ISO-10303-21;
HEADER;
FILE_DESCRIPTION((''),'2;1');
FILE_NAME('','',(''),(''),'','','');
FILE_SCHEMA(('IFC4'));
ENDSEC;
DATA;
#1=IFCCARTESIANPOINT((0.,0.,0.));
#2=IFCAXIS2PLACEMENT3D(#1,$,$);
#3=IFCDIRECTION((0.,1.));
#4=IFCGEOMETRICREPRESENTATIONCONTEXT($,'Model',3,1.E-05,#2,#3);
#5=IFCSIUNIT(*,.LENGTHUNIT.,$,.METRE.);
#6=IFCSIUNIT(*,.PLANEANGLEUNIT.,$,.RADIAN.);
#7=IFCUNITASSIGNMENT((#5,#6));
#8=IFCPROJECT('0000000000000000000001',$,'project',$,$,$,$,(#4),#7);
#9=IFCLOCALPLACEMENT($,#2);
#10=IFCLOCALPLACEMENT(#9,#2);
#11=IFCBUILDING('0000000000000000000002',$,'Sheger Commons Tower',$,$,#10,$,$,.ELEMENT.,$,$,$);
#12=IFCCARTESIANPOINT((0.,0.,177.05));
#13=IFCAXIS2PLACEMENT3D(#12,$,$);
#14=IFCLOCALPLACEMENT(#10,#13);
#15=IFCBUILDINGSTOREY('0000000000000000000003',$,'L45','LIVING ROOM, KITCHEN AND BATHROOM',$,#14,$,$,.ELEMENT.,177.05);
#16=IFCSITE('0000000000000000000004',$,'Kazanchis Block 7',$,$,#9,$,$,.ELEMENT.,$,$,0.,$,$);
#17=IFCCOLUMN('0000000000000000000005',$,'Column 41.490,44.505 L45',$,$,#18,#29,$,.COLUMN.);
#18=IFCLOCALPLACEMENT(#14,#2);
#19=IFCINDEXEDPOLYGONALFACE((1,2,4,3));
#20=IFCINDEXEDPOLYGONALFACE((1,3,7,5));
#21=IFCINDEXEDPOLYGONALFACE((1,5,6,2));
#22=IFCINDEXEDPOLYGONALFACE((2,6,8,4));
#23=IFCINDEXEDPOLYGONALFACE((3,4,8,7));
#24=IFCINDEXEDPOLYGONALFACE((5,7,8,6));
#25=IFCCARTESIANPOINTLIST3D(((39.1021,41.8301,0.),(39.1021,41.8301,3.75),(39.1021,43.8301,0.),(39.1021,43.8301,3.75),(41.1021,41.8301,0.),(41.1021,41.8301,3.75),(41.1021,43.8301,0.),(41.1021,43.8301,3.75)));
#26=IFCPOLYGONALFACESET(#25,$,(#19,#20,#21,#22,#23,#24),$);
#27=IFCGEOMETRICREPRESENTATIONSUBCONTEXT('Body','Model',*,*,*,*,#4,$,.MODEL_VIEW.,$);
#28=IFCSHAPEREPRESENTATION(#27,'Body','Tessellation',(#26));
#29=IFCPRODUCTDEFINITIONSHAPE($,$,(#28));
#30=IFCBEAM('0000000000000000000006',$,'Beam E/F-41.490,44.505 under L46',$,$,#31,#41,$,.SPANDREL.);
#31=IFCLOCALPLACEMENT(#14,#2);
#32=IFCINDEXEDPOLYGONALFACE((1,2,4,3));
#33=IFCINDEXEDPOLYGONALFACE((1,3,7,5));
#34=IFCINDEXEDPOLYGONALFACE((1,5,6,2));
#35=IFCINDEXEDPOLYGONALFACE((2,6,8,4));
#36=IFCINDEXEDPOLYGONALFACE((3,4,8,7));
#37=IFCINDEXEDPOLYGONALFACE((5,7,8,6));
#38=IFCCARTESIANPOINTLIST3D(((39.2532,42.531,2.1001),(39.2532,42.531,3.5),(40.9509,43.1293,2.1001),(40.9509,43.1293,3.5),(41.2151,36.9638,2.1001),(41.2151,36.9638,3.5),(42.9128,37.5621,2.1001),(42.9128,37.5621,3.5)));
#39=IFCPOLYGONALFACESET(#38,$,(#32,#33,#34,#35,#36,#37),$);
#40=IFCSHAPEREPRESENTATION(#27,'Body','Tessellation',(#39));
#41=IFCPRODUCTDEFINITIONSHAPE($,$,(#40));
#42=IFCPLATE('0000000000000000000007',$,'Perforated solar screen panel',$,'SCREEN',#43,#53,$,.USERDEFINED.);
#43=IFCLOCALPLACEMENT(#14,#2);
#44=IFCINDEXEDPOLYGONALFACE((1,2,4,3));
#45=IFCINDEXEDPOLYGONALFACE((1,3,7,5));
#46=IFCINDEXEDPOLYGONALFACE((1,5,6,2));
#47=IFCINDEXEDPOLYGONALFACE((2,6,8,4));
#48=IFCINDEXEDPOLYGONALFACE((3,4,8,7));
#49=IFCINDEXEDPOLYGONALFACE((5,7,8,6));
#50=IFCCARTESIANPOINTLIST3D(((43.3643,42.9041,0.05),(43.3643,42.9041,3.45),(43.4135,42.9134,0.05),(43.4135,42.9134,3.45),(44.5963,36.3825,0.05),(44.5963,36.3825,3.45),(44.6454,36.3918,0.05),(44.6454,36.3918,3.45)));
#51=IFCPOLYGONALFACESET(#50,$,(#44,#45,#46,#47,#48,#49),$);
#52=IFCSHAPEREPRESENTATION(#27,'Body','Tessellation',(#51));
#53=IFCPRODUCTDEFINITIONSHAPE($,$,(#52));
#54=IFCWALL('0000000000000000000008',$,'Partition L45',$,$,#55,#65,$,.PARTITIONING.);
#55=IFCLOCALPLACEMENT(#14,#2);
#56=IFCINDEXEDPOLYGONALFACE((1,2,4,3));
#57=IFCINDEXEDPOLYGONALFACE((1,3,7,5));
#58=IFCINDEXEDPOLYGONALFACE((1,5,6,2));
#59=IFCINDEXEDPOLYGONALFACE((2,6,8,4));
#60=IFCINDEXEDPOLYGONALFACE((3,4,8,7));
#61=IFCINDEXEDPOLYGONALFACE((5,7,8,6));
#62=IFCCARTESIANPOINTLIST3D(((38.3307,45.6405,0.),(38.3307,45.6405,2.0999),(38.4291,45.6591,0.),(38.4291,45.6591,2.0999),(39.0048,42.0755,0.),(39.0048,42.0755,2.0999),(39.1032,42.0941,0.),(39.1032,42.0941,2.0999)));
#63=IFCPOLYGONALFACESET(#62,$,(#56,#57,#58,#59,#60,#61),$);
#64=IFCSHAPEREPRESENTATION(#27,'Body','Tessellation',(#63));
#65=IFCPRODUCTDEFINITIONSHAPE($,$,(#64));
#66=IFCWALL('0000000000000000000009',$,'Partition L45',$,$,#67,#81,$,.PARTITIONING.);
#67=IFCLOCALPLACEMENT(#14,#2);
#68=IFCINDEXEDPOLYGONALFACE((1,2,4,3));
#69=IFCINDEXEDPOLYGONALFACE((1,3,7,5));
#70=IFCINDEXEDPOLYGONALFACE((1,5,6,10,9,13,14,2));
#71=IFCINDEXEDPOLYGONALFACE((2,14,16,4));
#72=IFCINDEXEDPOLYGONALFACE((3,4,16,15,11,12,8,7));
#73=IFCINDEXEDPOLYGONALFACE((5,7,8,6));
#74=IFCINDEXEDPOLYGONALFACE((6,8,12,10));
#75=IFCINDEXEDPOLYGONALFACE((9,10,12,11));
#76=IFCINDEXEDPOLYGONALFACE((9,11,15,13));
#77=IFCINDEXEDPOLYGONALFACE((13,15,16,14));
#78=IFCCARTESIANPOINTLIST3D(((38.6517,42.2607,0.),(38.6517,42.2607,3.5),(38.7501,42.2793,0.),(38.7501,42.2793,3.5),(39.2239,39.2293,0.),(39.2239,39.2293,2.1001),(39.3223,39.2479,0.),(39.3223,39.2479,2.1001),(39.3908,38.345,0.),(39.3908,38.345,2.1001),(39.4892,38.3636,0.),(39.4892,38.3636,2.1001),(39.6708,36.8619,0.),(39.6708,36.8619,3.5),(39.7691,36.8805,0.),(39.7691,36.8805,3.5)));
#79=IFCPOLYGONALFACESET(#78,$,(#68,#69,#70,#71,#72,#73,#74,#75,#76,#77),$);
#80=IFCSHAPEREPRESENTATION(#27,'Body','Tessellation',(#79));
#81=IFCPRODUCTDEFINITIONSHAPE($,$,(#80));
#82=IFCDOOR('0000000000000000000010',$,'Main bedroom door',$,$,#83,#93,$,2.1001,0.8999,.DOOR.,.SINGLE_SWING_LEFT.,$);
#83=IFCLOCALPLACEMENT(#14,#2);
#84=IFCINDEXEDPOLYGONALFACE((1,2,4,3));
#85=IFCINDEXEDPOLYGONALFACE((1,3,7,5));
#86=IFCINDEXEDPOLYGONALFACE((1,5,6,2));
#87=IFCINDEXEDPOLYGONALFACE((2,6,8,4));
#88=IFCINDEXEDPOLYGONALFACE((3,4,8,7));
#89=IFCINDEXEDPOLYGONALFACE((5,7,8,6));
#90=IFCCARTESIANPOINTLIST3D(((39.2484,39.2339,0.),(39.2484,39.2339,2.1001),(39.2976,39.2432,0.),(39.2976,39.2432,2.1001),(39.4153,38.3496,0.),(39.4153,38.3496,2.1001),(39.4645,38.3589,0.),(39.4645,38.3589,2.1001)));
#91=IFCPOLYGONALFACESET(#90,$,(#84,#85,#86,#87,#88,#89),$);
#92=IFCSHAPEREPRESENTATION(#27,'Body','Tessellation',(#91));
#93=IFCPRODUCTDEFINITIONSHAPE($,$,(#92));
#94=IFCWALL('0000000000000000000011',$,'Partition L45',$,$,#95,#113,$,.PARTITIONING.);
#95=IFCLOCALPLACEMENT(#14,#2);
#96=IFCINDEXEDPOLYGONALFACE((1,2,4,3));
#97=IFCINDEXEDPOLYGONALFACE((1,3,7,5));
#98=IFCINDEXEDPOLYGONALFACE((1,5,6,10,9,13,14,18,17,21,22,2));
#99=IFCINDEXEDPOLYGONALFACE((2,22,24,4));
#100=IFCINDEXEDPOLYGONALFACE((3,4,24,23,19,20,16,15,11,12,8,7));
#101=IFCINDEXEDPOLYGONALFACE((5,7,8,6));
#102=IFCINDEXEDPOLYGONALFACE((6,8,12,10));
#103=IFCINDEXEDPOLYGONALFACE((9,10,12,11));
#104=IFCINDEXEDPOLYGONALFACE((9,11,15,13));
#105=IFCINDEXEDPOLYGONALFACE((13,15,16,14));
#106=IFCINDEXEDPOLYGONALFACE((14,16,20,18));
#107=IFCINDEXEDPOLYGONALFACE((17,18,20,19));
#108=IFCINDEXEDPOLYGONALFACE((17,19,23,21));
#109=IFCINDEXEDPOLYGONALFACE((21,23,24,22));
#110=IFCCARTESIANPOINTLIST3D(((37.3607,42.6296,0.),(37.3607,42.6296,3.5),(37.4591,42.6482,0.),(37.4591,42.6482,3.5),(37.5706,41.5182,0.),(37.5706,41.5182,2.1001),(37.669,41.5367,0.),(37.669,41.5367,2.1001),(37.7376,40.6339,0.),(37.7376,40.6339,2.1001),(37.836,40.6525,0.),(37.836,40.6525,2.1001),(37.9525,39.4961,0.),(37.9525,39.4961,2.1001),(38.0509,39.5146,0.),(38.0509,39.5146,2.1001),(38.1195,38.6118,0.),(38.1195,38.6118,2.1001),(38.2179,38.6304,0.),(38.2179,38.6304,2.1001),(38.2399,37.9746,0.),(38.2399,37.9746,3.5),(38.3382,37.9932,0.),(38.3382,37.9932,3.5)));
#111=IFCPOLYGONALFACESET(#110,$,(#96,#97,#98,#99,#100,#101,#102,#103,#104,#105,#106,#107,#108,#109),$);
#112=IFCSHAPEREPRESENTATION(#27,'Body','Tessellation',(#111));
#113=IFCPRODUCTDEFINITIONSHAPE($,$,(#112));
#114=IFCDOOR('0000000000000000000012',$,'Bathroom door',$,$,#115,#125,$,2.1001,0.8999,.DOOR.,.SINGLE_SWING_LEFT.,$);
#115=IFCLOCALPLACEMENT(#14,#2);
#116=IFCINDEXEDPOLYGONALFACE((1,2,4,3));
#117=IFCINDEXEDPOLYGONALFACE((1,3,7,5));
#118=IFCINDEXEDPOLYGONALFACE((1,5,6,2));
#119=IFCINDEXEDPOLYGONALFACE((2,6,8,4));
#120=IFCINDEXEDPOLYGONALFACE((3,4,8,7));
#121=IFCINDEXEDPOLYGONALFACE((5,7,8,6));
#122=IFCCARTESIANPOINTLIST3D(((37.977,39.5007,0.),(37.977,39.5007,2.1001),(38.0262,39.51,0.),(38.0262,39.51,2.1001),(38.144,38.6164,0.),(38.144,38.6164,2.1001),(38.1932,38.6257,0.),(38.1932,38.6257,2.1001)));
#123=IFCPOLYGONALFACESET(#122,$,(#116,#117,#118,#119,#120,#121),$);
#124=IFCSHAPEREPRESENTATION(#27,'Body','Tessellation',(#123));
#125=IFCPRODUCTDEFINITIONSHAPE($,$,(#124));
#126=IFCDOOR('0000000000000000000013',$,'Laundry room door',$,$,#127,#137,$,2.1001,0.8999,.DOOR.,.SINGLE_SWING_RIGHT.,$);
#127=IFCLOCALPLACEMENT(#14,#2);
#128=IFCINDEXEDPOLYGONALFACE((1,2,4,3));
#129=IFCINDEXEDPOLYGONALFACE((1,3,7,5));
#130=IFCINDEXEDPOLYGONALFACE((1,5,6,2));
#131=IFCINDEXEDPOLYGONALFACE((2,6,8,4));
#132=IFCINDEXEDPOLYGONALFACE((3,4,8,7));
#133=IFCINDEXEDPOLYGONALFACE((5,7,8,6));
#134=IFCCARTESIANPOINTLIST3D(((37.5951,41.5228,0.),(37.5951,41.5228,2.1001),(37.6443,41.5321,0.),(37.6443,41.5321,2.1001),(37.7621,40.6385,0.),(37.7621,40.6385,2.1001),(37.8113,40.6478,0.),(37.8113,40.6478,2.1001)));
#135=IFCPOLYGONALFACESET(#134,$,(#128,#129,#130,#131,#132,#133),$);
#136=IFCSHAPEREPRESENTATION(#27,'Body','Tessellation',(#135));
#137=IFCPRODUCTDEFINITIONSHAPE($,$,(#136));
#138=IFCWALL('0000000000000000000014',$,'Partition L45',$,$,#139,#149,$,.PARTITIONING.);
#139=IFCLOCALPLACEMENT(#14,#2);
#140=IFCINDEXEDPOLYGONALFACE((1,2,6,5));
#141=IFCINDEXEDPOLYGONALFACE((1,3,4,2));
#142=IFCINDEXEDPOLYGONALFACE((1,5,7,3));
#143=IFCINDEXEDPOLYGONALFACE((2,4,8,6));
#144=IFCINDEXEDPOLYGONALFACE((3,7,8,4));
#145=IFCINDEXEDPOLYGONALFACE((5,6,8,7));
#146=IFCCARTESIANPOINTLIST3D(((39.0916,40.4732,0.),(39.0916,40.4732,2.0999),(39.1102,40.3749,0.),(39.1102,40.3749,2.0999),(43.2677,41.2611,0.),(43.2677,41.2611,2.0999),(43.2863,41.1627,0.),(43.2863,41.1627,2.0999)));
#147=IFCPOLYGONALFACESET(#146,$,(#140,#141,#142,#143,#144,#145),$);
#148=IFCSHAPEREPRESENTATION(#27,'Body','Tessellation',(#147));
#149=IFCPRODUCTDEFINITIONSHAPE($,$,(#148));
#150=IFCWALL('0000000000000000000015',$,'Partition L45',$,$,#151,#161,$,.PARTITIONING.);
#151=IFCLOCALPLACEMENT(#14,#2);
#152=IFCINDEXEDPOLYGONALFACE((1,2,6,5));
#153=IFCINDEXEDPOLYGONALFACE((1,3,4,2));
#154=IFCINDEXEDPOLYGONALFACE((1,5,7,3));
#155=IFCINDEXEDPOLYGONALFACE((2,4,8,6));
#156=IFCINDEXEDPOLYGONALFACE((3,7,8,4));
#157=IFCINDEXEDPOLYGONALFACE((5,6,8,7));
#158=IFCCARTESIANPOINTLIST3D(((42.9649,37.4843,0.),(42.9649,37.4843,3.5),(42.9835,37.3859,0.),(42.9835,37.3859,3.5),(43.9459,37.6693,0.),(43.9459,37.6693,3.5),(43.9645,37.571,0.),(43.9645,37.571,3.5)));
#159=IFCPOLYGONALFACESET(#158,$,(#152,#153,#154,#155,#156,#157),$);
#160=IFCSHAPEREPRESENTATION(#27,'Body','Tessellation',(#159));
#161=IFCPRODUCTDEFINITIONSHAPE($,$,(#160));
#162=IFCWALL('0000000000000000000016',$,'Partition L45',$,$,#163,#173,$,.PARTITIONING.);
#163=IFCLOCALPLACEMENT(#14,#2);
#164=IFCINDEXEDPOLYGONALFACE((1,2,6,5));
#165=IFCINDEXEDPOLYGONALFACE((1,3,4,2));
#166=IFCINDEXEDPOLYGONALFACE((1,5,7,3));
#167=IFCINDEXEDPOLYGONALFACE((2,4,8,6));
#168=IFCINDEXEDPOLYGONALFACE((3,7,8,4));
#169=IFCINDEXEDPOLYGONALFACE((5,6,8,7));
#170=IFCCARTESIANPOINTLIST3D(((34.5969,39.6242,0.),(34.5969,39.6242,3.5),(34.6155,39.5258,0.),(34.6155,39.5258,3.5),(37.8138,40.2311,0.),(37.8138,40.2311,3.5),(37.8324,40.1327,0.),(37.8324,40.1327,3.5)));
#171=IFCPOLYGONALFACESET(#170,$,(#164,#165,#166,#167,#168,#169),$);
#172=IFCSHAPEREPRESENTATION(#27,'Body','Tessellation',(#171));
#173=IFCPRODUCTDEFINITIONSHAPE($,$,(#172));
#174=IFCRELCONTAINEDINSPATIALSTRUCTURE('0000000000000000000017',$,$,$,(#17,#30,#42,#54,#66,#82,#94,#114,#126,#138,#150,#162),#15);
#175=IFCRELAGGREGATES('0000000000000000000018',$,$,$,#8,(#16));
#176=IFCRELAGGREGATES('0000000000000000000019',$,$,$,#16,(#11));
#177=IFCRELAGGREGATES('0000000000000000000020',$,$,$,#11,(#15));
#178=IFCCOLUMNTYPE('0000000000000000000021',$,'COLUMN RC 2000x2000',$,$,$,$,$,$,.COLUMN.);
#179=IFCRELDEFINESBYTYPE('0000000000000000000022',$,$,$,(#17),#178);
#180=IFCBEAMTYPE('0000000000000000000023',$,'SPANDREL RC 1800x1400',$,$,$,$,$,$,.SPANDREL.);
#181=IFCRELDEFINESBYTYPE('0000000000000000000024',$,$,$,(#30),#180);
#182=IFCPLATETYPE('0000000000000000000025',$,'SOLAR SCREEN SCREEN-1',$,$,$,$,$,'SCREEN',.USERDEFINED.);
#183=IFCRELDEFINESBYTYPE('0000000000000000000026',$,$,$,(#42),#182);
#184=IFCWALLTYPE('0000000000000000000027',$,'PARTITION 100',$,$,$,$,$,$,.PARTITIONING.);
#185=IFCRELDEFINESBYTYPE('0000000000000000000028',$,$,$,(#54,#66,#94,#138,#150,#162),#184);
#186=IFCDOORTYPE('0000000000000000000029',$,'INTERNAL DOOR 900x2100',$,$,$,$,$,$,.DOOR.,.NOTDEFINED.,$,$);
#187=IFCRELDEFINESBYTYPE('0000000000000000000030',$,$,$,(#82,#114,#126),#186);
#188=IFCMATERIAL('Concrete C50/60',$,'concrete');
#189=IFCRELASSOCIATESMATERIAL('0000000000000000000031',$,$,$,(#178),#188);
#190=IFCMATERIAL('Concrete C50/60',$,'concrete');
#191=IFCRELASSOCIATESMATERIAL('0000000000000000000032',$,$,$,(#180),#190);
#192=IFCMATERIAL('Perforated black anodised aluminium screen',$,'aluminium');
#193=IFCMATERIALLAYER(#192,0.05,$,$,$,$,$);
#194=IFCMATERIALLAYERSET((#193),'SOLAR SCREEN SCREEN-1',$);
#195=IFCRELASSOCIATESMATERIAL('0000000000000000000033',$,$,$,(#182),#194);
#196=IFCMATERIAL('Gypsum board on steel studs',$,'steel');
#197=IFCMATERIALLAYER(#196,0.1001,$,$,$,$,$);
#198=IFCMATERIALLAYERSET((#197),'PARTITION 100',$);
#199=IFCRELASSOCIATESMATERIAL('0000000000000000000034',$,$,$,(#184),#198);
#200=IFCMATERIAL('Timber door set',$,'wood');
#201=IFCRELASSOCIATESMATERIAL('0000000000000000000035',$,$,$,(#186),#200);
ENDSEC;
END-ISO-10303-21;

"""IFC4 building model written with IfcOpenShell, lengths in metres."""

from ifc_helpers import new_model, si_unit, direction, frame, frame_2d, origin, origin_2d, place, context, subcontext, project, spatial, rectangle, extrude, material, layer, layer_set, material_profile, profile_set, type_object, element, fill, save


model = new_model("IFC4")

# Units and contexts
model_context = context("Model", 3, precision=1e-05, world=origin(), true_north=direction((0.0, 1.0)))
body_context = subcontext(model_context, "Body", "Model", "MODEL_VIEW")
ifc_project = project(units=[si_unit("LENGTHUNIT", "METRE"), si_unit("PLANEANGLEUNIT", "RADIAN")], contexts=[model_context])

# Site, building, storey
site_placement = place(None, origin())
site = spatial("IfcSite", under=ifc_project, at=site_placement, Name="Kazanchis Block 7", CompositionType="ELEMENT", RefElevation=0.0)
building_placement = place(site_placement, origin())
building = spatial("IfcBuilding", under=site, at=building_placement, Name="Sheger Commons Tower", CompositionType="ELEMENT")
storey_placement = place(building_placement, frame((0.0, 0.0, 177.05)))
storey = spatial("IfcBuildingStorey", under=building, at=storey_placement, Name="L45", Description="LIVING ROOM, KITCHEN AND BATHROOM", CompositionType="ELEMENT", Elevation=177.05)

# Column
ifc_material_1 = material(Name="Concrete C50/60", Category="concrete")
ifc_material_profile_1 = material_profile(ifc_material_1, rectangle(XDim=2.0, YDim=2.0, at=origin_2d()), Name="RC 2000x2000")
ifc_profile_set_1 = profile_set([ifc_material_profile_1], Name="Concrete C50/60")
column_type = type_object("IfcColumnType", Name="COLUMN RC 2000x2000", PredefinedType="COLUMN", material=ifc_profile_set_1)
column_placement = place(storey_placement, frame((40.1021, 42.8301, 0.0), z_axis=(0.0, 0.0, 1.0), x_axis=(1.0, 0.0, 0.0)))
element("IfcColumn", 1, at=column_placement, inside=storey, type_object=column_type, Name="Column 41.490,44.505 L45", PredefinedType="COLUMN", context=body_context, shape_type="SweptSolid", body=[
    extrude(rectangle(XDim=2.0, YDim=2.0, at=origin_2d()), origin(), (0.0, 0.0, 1.0), 3.75),
])

# Beam
ifc_material_2 = material(Name="Concrete C50/60", Category="concrete")
ifc_material_profile_2 = material_profile(ifc_material_2, rectangle(XDim=1.8, YDim=1.3999, at=origin_2d()), Name="RC 1800x1400")
ifc_profile_set_2 = profile_set([ifc_material_profile_2], Name="Concrete C50/60")
beam_type = type_object("IfcBeamType", Name="SPANDREL RC 1800x1400", PredefinedType="SPANDREL", material=ifc_profile_set_2)
beam_placement = place(storey_placement, frame((42.064, 37.2629, 2.8), z_axis=(-0.332374, 0.943148, 0.0), x_axis=(-0.943148, -0.332374, 0.0)))
element("IfcBeam", 2, at=beam_placement, inside=storey, type_object=beam_type, Name="Beam E/F-41.490,44.505 under L46", PredefinedType="SPANDREL", context=body_context, shape_type="SweptSolid", body=[
    extrude(rectangle(XDim=1.8, YDim=1.3999, at=origin_2d()), origin(), (0.0, 0.0, 1.0), 5.9028),
])

# Plate
ifc_material_3 = material(Name="Perforated black anodised aluminium screen", Category="aluminium")
ifc_layer_1 = layer(ifc_material_3, 0.05)
ifc_layer_set_1 = layer_set([ifc_layer_1], Name="SOLAR SCREEN SCREEN-1")
plate_type = type_object("IfcPlateType", Name="SOLAR SCREEN SCREEN-1", ElementType="SCREEN", PredefinedType="USERDEFINED", material=ifc_layer_set_1)
plate_placement = place(storey_placement, frame((44.0049, 39.6479, 0.05), z_axis=(0.0, 0.0, 1.0), x_axis=(-0.185615, 0.982623, 0.0)))
element("IfcPlate", 3, at=plate_placement, inside=storey, type_object=plate_type, Name="Perforated solar screen panel", ObjectType="SCREEN", PredefinedType="USERDEFINED", context=body_context, shape_type="SweptSolid", body=[
    extrude(rectangle(XDim=6.637, YDim=0.05, at=origin_2d()), origin(), (0.0, 0.0, 1.0), 3.3999),
])

# Wall
ifc_material_4 = material(Name="Gypsum board on steel studs", Category="steel")
ifc_layer_2 = layer(ifc_material_4, 0.1001)
ifc_layer_set_2 = layer_set([ifc_layer_2], Name="PARTITION 100")
wall_type = type_object("IfcWallType", Name="PARTITION 100", PredefinedType="PARTITIONING", material=ifc_layer_set_2)
wall_1_placement = place(storey_placement, frame((39.054, 42.085, 0.0), z_axis=(0.0, 0.0, 1.0), x_axis=(-0.185792, 0.982589, 0.0)))
element("IfcWall", 4, at=wall_1_placement, inside=storey, type_object=wall_type, Name="Partition L45", PredefinedType="PARTITIONING", context=body_context, shape_type="SweptSolid", body=[
    extrude(rectangle(XDim=3.6282, YDim=0.1001, at=frame_2d((1.814, 0.0))), origin(), (0.0, 0.0, 1.0), 2.0999),
])

# Wall, opening, door
wall_2_placement = place(storey_placement, frame((38.7009, 42.27, 0.0), z_axis=(0.0, 0.0, 1.0), x_axis=(0.185474, -0.982649, 0.0)))
wall_2 = element("IfcWall", 5, at=wall_2_placement, inside=storey, type_object=wall_type, Name="Partition L45", PredefinedType="PARTITIONING", context=body_context, shape_type="SweptSolid", body=[
    extrude(rectangle(XDim=5.4941, YDim=0.1001, at=frame_2d((2.7471, 0.0))), origin(), (0.0, 0.0, 1.0), 3.5),
])
opening_1_placement = place(wall_2_placement, frame((3.085, 0.0, 0.0)))
opening_1 = element("IfcOpeningElement", 6, at=opening_1_placement, cuts=wall_2, PredefinedType="OPENING", context=body_context, shape_type="SweptSolid", body=[
    extrude(rectangle(XDim=0.8999, YDim=2.1001, at=frame_2d((0.45, 1.05))), frame((0.0, 0.0601, 0.0), z_axis=(0.0, -1.0, 0.0), x_axis=(1.0, 0.0, 0.0)), (0.0, 0.0, 1.0), 0.1201),
])
ifc_material_5 = material(Name="Timber door set", Category="wood")
door_type = type_object("IfcDoorType", Name="INTERNAL DOOR 900x2100", OperationType="NOTDEFINED", PredefinedType="DOOR", material=ifc_material_5)
door_1_placement = place(opening_1_placement, origin())
door_1 = element("IfcDoor", 7, at=door_1_placement, inside=storey, type_object=door_type, Name="Main bedroom door", OperationType="SINGLE_SWING_LEFT", OverallHeight=2.1001, OverallWidth=0.8999, PredefinedType="DOOR", context=body_context, shape_type="SweptSolid", body=[
    extrude(rectangle(XDim=0.8999, YDim=2.1001, at=frame_2d((0.45, 1.05))), frame((0.0, 0.0249, 0.0), z_axis=(0.0, -1.0, 0.0), x_axis=(1.0, 0.0, 0.0)), (0.0, 0.0, 1.0), 0.05),
])
fill(opening_1, door_1)

# Wall, openings, doors
wall_3_placement = place(storey_placement, frame((37.4099, 42.6389, 0.0), z_axis=(0.0, 0.0, 1.0), x_axis=(0.18558, -0.982629, 0.0)))
wall_3 = element("IfcWall", 8, at=wall_3_placement, inside=storey, type_object=wall_type, Name="Partition L45", PredefinedType="PARTITIONING", context=body_context, shape_type="SweptSolid", body=[
    extrude(rectangle(XDim=4.7373, YDim=0.1001, at=frame_2d((2.3687, 0.0))), origin(), (0.0, 0.0, 1.0), 3.5),
])
opening_2_placement = place(wall_3_placement, frame((3.189, 0.0, 0.0)))
opening_2 = element("IfcOpeningElement", 9, at=opening_2_placement, cuts=wall_3, PredefinedType="OPENING", context=body_context, shape_type="SweptSolid", body=[
    extrude(rectangle(XDim=0.8999, YDim=2.1001, at=frame_2d((0.45, 1.05))), frame((0.0, 0.0601, 0.0), z_axis=(0.0, -1.0, 0.0), x_axis=(1.0, 0.0, 0.0)), (0.0, 0.0, 1.0), 0.1201),
])
opening_3_placement = place(wall_3_placement, frame((1.1311, 0.0, 0.0)))
opening_3 = element("IfcOpeningElement", 10, at=opening_3_placement, cuts=wall_3, PredefinedType="OPENING", context=body_context, shape_type="SweptSolid", body=[
    extrude(rectangle(XDim=0.8999, YDim=2.1001, at=frame_2d((0.45, 1.05))), frame((0.0, 0.0601, 0.0), z_axis=(0.0, -1.0, 0.0), x_axis=(1.0, 0.0, 0.0)), (0.0, 0.0, 1.0), 0.1201),
])
door_2_placement = place(opening_2_placement, origin())
door_2 = element("IfcDoor", 11, at=door_2_placement, inside=storey, type_object=door_type, Name="Bathroom door", OperationType="SINGLE_SWING_LEFT", OverallHeight=2.1001, OverallWidth=0.8999, PredefinedType="DOOR", context=body_context, shape_type="SweptSolid", body=[
    extrude(rectangle(XDim=0.8999, YDim=2.1001, at=frame_2d((0.45, 1.05))), frame((0.0, 0.0249, 0.0), z_axis=(0.0, -1.0, 0.0), x_axis=(1.0, 0.0, 0.0)), (0.0, 0.0, 1.0), 0.05),
])
fill(opening_2, door_2)
door_3_placement = place(opening_3_placement, origin())
door_3 = element("IfcDoor", 12, at=door_3_placement, inside=storey, type_object=door_type, Name="Laundry room door", OperationType="SINGLE_SWING_RIGHT", OverallHeight=2.1001, OverallWidth=0.8999, PredefinedType="DOOR", context=body_context, shape_type="SweptSolid", body=[
    extrude(rectangle(XDim=0.8999, YDim=2.1001, at=frame_2d((0.45, 1.05))), frame((0.0, 0.0249, 0.0), z_axis=(0.0, -1.0, 0.0), x_axis=(1.0, 0.0, 0.0)), (0.0, 0.0, 1.0), 0.05),
])
fill(opening_3, door_3)

# Walls
wall_4_placement = place(storey_placement, frame((43.2771, 41.2119, 0.0), z_axis=(0.0, 0.0, 1.0), x_axis=(-0.982665, -0.185388, 0.0)))
element("IfcWall", 13, at=wall_4_placement, inside=storey, type_object=wall_type, Name="Partition L45", PredefinedType="PARTITIONING", context=body_context, shape_type="SweptSolid", body=[
    extrude(rectangle(XDim=4.2498, YDim=0.1001, at=frame_2d((2.125, 0.0))), origin(), (0.0, 0.0, 1.0), 2.0999),
])
wall_5_placement = place(storey_placement, frame((43.9551, 37.6201, 0.0), z_axis=(0.0, 0.0, 1.0), x_axis=(-0.982667, -0.185381, 0.0)))
element("IfcWall", 14, at=wall_5_placement, inside=storey, type_object=wall_type, Name="Partition L45", PredefinedType="PARTITIONING", context=body_context, shape_type="SweptSolid", body=[
    extrude(rectangle(XDim=0.9983, YDim=0.1001, at=frame_2d((0.499, 0.0))), origin(), (0.0, 0.0, 1.0), 3.5),
])
wall_6_placement = place(storey_placement, frame((37.823, 40.1819, 0.0), z_axis=(0.0, 0.0, 1.0), x_axis=(-0.982665, -0.185392, 0.0)))
element("IfcWall", 15, at=wall_6_placement, inside=storey, type_object=wall_type, Name="Partition L45", PredefinedType="PARTITIONING", context=body_context, shape_type="SweptSolid", body=[
    extrude(rectangle(XDim=3.2737, YDim=0.1001, at=frame_2d((1.6367, 0.0))), origin(), (0.0, 0.0, 1.0), 3.5),
])

save(model, "model.ifc")
